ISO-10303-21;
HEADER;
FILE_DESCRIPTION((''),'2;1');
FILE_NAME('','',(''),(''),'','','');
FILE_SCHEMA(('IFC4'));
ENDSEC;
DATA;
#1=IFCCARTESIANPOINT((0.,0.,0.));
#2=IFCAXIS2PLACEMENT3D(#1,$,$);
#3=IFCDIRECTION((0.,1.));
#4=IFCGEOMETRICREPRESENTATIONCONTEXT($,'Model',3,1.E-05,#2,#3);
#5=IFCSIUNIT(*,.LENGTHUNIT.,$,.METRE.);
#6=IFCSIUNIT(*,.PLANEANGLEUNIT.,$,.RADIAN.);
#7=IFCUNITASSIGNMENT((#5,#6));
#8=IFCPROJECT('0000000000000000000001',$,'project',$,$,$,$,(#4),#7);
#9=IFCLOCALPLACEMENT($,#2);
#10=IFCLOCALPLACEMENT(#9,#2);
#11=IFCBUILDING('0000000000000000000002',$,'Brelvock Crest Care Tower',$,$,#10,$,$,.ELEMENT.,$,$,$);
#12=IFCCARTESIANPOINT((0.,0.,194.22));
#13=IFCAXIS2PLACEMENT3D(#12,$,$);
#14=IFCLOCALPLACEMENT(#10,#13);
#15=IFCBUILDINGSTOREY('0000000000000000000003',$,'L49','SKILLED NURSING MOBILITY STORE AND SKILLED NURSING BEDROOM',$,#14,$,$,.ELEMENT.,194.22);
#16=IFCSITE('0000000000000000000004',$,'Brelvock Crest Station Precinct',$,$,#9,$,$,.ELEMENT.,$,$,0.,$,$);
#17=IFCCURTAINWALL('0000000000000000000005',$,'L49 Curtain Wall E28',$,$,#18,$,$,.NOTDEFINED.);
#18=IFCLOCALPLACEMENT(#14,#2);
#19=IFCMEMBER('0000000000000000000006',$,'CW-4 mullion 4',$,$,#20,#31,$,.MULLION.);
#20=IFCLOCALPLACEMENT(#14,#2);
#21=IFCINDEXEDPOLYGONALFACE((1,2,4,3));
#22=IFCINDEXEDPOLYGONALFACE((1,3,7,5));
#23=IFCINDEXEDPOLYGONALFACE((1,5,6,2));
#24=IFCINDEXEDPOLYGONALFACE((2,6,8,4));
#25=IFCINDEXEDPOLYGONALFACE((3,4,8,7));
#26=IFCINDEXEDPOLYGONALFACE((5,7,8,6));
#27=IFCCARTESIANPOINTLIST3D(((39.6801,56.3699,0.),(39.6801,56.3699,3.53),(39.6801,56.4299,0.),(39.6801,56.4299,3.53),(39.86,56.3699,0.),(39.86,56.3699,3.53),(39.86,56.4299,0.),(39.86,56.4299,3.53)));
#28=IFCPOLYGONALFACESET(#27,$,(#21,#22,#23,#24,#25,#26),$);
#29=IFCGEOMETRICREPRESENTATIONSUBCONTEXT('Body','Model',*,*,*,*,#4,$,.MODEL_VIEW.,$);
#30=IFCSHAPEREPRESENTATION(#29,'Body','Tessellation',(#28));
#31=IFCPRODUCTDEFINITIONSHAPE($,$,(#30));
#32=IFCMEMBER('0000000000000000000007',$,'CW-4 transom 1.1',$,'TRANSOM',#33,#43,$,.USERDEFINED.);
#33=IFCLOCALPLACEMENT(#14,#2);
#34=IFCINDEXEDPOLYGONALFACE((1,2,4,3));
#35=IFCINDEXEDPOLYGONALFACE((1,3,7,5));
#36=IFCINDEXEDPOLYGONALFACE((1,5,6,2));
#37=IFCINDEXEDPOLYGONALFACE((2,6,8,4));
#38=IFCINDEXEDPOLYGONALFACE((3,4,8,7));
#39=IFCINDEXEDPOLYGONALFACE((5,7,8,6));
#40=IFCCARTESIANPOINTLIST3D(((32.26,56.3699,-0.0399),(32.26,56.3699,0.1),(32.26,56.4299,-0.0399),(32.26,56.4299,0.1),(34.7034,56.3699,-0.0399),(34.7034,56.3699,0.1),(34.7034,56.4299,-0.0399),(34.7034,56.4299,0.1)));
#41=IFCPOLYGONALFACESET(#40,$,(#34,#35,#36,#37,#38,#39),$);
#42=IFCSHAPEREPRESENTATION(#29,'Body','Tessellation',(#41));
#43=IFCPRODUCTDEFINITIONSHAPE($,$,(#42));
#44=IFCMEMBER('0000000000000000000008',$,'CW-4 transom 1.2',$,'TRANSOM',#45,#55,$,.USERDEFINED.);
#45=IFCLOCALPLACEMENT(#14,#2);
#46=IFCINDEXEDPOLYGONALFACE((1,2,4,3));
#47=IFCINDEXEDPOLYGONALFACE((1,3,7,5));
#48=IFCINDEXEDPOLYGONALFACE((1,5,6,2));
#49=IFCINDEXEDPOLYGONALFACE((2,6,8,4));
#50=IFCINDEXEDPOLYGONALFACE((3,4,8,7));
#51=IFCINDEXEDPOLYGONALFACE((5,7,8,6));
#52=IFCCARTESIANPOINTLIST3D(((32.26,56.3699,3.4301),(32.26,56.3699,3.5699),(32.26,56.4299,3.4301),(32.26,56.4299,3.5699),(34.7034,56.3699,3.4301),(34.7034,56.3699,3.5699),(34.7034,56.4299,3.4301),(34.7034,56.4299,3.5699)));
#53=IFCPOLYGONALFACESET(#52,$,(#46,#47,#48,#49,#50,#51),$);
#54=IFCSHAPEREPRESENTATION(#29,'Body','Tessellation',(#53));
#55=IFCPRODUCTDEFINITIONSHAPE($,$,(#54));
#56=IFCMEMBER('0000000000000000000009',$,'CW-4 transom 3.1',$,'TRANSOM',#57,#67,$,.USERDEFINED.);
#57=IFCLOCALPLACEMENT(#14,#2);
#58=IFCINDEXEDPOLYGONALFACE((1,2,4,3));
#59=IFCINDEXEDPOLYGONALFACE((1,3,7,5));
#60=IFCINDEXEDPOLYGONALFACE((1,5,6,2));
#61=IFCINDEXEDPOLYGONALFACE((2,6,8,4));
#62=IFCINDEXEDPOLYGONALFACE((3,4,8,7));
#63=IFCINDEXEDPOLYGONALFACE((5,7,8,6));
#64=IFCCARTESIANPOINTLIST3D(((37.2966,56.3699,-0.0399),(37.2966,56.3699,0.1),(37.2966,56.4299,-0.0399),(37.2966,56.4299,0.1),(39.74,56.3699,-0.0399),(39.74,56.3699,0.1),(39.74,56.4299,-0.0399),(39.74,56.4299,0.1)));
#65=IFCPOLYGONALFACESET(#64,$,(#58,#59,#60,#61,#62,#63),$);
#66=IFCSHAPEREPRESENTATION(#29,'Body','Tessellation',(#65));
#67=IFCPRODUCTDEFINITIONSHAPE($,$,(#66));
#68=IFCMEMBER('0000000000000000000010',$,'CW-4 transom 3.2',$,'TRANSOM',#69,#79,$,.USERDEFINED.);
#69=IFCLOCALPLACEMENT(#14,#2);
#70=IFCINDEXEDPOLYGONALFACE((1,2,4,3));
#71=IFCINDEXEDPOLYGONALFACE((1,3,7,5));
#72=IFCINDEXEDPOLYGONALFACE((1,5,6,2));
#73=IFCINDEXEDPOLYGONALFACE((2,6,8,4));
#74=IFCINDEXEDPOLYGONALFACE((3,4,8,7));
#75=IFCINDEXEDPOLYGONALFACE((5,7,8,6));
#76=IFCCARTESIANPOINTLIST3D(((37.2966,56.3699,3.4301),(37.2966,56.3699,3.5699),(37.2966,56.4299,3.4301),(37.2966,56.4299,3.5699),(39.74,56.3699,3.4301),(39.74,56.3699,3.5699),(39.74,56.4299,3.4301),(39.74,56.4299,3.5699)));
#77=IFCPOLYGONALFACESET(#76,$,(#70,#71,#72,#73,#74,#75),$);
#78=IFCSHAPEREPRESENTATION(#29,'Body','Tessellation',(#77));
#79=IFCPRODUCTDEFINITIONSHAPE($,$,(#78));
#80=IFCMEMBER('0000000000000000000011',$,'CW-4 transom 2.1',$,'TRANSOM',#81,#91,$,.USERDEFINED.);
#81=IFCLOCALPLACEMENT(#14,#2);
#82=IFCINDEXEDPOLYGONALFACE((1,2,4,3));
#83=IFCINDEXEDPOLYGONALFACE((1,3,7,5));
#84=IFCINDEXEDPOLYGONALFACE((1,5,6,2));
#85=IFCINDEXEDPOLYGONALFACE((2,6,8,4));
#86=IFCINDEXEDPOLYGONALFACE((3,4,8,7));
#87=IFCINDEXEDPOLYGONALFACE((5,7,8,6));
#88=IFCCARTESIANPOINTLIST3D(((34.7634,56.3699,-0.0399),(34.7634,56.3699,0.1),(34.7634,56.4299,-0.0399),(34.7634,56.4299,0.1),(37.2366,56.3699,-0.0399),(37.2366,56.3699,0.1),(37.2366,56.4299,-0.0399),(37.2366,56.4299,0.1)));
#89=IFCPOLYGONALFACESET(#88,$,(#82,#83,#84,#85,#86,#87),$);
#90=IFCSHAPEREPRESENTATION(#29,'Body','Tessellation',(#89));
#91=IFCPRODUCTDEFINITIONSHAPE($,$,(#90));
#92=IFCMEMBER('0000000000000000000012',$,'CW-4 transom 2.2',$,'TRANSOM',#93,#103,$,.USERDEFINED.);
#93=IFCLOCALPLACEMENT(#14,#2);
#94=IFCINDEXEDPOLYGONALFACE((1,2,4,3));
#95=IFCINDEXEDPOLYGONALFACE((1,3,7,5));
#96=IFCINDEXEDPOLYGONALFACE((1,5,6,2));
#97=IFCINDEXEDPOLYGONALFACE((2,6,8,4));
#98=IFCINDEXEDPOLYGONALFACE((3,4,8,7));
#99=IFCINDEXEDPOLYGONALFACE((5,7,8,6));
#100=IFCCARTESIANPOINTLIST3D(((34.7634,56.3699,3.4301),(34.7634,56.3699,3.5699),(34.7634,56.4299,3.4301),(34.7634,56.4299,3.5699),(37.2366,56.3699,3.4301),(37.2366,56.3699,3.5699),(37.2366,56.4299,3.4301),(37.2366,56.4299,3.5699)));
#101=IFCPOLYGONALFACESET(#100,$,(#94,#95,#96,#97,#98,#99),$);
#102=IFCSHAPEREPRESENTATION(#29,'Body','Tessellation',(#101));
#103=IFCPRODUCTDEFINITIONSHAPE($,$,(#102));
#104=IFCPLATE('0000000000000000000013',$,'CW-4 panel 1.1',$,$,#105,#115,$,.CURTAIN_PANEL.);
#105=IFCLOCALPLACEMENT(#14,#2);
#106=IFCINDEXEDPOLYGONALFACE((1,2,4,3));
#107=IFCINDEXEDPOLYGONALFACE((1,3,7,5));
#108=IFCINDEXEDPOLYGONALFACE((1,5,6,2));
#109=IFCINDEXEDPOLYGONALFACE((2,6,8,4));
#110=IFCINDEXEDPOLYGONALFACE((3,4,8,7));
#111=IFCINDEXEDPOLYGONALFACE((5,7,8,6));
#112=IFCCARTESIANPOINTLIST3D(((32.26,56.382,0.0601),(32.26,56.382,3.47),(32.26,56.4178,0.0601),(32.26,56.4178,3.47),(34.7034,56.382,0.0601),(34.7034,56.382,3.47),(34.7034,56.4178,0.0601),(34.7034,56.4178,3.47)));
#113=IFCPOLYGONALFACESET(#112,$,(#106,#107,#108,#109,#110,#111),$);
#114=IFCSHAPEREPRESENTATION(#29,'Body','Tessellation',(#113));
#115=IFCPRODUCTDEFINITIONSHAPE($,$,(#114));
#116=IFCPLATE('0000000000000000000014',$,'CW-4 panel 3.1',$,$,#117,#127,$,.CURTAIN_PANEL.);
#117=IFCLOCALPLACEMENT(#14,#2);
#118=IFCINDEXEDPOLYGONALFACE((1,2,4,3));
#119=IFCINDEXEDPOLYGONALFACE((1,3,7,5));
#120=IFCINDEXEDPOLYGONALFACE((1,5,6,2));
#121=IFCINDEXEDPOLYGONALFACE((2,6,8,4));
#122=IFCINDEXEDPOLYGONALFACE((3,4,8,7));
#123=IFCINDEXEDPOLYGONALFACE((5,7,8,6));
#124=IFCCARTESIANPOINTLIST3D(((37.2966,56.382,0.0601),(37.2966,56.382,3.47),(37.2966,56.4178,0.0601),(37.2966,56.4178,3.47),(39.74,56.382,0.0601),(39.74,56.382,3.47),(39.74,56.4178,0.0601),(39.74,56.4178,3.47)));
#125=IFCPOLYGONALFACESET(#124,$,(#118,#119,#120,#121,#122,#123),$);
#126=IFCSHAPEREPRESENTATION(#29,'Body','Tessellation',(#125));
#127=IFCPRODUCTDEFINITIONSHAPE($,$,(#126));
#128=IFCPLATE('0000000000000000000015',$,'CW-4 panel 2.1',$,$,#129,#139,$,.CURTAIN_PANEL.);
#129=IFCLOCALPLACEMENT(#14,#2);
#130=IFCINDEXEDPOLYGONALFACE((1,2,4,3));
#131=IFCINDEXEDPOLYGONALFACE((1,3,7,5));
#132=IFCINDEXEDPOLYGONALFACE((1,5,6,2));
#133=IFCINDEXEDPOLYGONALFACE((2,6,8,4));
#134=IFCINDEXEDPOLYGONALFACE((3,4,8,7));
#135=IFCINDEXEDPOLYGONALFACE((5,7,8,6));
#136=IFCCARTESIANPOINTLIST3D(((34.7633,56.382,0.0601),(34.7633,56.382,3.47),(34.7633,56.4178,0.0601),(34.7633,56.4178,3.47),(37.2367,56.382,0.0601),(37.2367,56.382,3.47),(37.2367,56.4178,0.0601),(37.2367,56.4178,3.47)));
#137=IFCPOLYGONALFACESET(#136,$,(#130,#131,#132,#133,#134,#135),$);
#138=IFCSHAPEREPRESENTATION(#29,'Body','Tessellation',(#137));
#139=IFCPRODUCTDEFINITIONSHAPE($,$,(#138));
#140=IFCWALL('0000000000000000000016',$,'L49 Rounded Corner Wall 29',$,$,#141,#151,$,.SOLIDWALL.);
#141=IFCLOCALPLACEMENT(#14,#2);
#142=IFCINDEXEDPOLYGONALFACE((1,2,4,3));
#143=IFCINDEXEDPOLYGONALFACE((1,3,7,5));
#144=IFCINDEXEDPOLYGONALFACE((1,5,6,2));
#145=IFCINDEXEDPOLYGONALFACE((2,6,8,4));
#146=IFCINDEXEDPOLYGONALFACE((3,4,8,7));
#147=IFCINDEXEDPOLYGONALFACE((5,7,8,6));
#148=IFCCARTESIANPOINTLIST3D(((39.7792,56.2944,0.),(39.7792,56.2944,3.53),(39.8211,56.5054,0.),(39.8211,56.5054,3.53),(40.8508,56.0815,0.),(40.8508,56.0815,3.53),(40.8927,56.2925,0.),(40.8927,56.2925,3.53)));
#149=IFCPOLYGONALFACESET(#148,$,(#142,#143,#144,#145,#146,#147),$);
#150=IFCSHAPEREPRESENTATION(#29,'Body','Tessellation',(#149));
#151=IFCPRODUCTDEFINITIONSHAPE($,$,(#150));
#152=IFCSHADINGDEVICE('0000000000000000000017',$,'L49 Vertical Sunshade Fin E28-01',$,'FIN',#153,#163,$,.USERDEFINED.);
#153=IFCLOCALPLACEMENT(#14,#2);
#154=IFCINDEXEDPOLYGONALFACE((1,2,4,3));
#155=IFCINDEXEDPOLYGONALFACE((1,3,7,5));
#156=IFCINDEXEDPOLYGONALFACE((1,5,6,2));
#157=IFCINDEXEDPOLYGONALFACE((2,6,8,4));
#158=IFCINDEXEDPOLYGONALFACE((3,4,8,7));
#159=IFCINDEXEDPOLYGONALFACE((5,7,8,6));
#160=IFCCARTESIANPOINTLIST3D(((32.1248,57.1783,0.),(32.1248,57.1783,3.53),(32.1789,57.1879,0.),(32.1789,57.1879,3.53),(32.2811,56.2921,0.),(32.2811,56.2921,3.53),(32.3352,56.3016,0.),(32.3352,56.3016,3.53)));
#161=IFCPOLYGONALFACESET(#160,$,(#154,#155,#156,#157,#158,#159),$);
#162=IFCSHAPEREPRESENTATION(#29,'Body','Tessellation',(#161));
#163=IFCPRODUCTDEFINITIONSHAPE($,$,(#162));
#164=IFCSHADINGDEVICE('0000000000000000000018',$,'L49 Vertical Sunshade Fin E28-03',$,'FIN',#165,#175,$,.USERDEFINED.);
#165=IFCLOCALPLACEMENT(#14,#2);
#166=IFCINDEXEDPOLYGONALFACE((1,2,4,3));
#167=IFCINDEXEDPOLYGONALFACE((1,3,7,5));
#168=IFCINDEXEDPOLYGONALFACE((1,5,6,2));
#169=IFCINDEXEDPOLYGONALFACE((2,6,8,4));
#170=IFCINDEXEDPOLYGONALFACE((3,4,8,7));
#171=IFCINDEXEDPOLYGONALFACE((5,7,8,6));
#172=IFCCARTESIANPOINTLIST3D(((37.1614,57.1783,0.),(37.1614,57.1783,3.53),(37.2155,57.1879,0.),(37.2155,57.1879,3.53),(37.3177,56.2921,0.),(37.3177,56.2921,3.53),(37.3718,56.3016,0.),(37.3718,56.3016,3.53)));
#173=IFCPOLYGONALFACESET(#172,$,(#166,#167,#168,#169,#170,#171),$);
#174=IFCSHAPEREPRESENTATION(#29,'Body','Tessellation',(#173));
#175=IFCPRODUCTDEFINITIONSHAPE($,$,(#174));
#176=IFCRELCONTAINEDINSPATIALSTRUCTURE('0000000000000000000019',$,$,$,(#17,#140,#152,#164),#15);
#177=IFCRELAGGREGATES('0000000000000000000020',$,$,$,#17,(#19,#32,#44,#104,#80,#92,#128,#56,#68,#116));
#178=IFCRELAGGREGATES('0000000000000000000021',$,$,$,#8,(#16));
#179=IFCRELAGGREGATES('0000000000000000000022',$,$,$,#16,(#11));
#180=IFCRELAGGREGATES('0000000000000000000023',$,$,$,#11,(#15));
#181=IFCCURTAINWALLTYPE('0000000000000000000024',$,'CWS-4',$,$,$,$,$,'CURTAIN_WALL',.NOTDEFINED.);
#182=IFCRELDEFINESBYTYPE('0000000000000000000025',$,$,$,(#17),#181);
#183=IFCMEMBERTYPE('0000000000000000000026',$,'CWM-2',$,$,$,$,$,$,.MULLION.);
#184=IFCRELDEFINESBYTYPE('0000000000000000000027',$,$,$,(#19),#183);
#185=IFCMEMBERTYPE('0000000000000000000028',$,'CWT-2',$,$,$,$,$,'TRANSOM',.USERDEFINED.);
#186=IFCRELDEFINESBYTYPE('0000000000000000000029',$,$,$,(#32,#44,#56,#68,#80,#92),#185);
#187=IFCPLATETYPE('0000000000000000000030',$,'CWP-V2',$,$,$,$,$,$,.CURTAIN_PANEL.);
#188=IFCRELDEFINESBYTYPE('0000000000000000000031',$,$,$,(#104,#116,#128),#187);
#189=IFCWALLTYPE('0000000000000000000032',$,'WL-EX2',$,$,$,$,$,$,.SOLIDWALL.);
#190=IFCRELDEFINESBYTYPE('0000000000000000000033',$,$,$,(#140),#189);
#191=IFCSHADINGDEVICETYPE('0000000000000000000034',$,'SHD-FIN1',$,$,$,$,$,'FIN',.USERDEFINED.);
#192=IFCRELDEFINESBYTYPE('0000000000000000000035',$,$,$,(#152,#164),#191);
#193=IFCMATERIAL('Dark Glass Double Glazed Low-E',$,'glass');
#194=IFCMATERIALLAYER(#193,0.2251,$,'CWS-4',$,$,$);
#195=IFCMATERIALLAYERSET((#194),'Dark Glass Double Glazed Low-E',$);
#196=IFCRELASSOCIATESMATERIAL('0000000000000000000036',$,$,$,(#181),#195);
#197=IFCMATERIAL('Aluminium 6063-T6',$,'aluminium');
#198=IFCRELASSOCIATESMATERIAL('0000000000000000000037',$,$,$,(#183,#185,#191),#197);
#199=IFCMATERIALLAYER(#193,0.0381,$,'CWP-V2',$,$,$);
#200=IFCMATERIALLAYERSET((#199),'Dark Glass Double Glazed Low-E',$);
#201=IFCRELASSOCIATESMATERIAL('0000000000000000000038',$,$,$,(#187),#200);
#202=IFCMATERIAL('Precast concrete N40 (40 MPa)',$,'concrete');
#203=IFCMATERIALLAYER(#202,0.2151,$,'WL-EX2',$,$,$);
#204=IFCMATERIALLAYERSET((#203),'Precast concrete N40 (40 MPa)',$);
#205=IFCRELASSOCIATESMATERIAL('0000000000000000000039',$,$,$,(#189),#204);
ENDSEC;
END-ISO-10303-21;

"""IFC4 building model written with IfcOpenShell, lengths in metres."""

from ifc_helpers import new_model, si_unit, direction, frame, frame_2d, origin, origin_2d, place, context, subcontext, project, spatial, rectangle, extrude, source, transform, mapped, material, layer, layer_set, material_profile, profile_set, type_object, element, aggregate, save


model = new_model("IFC4")

# Units and contexts
model_context = context("Model", 3, precision=1e-05, world=origin(), true_north=direction((0.0, 1.0)))
body_context = subcontext(model_context, "Body", "Model", "MODEL_VIEW")
ifc_project = project(units=[si_unit("LENGTHUNIT", "METRE"), si_unit("PLANEANGLEUNIT", "RADIAN")], contexts=[model_context])

# Site, building, storey
site_placement = place(None, origin())
site = spatial("IfcSite", under=ifc_project, at=site_placement, Name="Brelvock Crest Station Precinct", CompositionType="ELEMENT", RefElevation=0.0)
building_placement = place(site_placement, origin())
building = spatial("IfcBuilding", under=site, at=building_placement, Name="Brelvock Crest Care Tower", CompositionType="ELEMENT")
storey_placement = place(building_placement, frame((0.0, 0.0, 194.22)))
storey = spatial("IfcBuildingStorey", under=building, at=storey_placement, Name="L49", Description="SKILLED NURSING MOBILITY STORE AND SKILLED NURSING BEDROOM", CompositionType="ELEMENT", Elevation=194.22)

# Curtain wall, members, plates
ifc_material_1 = material(Name="Dark Glass Double Glazed Low-E", Category="glass")
ifc_layer_1 = layer(ifc_material_1, 0.2251, Name="CWS-4")
ifc_layer_set_1 = layer_set([ifc_layer_1], Name="Dark Glass Double Glazed Low-E")
curtain_wall_type = type_object("IfcCurtainWallType", Name="CWS-4", ElementType="CURTAIN_WALL", PredefinedType="NOTDEFINED", material=ifc_layer_set_1)
curtain_wall_placement = place(storey_placement, origin())
curtain_wall = element("IfcCurtainWall", 1, at=curtain_wall_placement, inside=storey, type_object=curtain_wall_type, Name="L49 Curtain Wall E28", PredefinedType="NOTDEFINED")
ifc_material_2 = material(Name="Aluminium 6063-T6", Category="aluminium")
ifc_material_profile_1 = material_profile(ifc_material_2, rectangle(XDim=0.0601, YDim=0.1799, at=origin_2d()), Name="ALU60x180")
ifc_profile_set_1 = profile_set([ifc_material_profile_1], Name="Aluminium 6063-T6")
member_type_1 = type_object("IfcMemberType", Name="CWM-2", PredefinedType="MULLION", material=ifc_profile_set_1)
shared_shape_1 = source(origin(), body_context, "Body", "SweptSolid", [
    extrude(rectangle(XDim=0.0601, YDim=0.1799, at=origin_2d()), origin(), (0.0, 0.0, 1.0), 3.53),
])
member_1_placement = place(storey_placement, frame((39.77, 56.3999, 0.0), z_axis=(0.0, 0.0, 1.0), x_axis=(0.0, 1.0, 0.0)))
member_1 = element("IfcMember", 2, at=member_1_placement, type_object=member_type_1, Name="CW-4 mullion 4", PredefinedType="MULLION", context=body_context, shape_type="MappedRepresentation", body=[
    mapped(shared_shape_1, transform((0.0, 0.0, 0.0), x_axis=(1.0, 0.0, 0.0), y_axis=(0.0, 1.0, 0.0), z_axis=(0.0, 0.0, 1.0), scale=1.0)),
])
ifc_material_profile_2 = material_profile(ifc_material_2, rectangle(XDim=0.0601, YDim=0.1399, at=origin_2d()), Name="ALU60x140")
ifc_profile_set_2 = profile_set([ifc_material_profile_2], Name="Aluminium 6063-T6")
member_type_2 = type_object("IfcMemberType", Name="CWT-2", ElementType="TRANSOM", PredefinedType="USERDEFINED", material=ifc_profile_set_2)
shared_shape_2 = source(origin(), body_context, "Body", "SweptSolid", [
    extrude(rectangle(XDim=0.0601, YDim=0.1399, at=origin_2d()), origin(), (0.0, 0.0, 1.0), 2.4434),
])
member_2_placement = place(storey_placement, frame((32.26, 56.3999, 0.03), z_axis=(1.0, 0.0, 0.0), x_axis=(0.0, 1.0, 0.0)))
member_2 = element("IfcMember", 3, at=member_2_placement, type_object=member_type_2, Name="CW-4 transom 1.1", ObjectType="TRANSOM", PredefinedType="USERDEFINED", context=body_context, shape_type="MappedRepresentation", body=[
    mapped(shared_shape_2, transform((0.0, 0.0, 0.0), x_axis=(1.0, 0.0, 0.0), y_axis=(0.0, 1.0, 0.0), z_axis=(0.0, 0.0, 1.0), scale=1.0)),
])
member_3_placement = place(storey_placement, frame((32.26, 56.3999, 3.5), z_axis=(1.0, 0.0, 0.0), x_axis=(0.0, 1.0, 0.0)))
member_3 = element("IfcMember", 4, at=member_3_placement, type_object=member_type_2, Name="CW-4 transom 1.2", ObjectType="TRANSOM", PredefinedType="USERDEFINED", context=body_context, shape_type="MappedRepresentation", body=[
    mapped(shared_shape_2, transform((0.0, 0.0, 0.0), x_axis=(1.0, 0.0, 0.0), y_axis=(0.0, 1.0, 0.0), z_axis=(0.0, 0.0, 1.0), scale=1.0)),
])
member_4_placement = place(storey_placement, frame((37.2966, 56.3999, 0.03), z_axis=(1.0, 0.0, 0.0), x_axis=(0.0, 1.0, 0.0)))
member_4 = element("IfcMember", 5, at=member_4_placement, type_object=member_type_2, Name="CW-4 transom 3.1", ObjectType="TRANSOM", PredefinedType="USERDEFINED", context=body_context, shape_type="MappedRepresentation", body=[
    mapped(shared_shape_2, transform((0.0, 0.0, 0.0), x_axis=(1.0, 0.0, 0.0), y_axis=(0.0, 1.0, 0.0), z_axis=(0.0, 0.0, 1.0), scale=1.0)),
])
member_5_placement = place(storey_placement, frame((37.2966, 56.3999, 3.5), z_axis=(1.0, 0.0, 0.0), x_axis=(0.0, 1.0, 0.0)))
member_5 = element("IfcMember", 6, at=member_5_placement, type_object=member_type_2, Name="CW-4 transom 3.2", ObjectType="TRANSOM", PredefinedType="USERDEFINED", context=body_context, shape_type="MappedRepresentation", body=[
    mapped(shared_shape_2, transform((0.0, 0.0, 0.0), x_axis=(1.0, 0.0, 0.0), y_axis=(0.0, 1.0, 0.0), z_axis=(0.0, 0.0, 1.0), scale=1.0)),
])
shared_shape_3 = source(origin(), body_context, "Body", "SweptSolid", [
    extrude(rectangle(XDim=0.0601, YDim=0.1399, at=origin_2d()), origin(), (0.0, 0.0, 1.0), 2.4731),
])
member_6_placement = place(storey_placement, frame((34.7634, 56.3999, 0.03), z_axis=(1.0, 0.0, 0.0), x_axis=(0.0, 1.0, 0.0)))
member_6 = element("IfcMember", 7, at=member_6_placement, type_object=member_type_2, Name="CW-4 transom 2.1", ObjectType="TRANSOM", PredefinedType="USERDEFINED", context=body_context, shape_type="MappedRepresentation", body=[
    mapped(shared_shape_3, transform((0.0, 0.0, 0.0), x_axis=(1.0, 0.0, 0.0), y_axis=(0.0, 1.0, 0.0), z_axis=(0.0, 0.0, 1.0), scale=1.0)),
])
member_7_placement = place(storey_placement, frame((34.7634, 56.3999, 3.5), z_axis=(1.0, 0.0, 0.0), x_axis=(0.0, 1.0, 0.0)))
member_7 = element("IfcMember", 8, at=member_7_placement, type_object=member_type_2, Name="CW-4 transom 2.2", ObjectType="TRANSOM", PredefinedType="USERDEFINED", context=body_context, shape_type="MappedRepresentation", body=[
    mapped(shared_shape_3, transform((0.0, 0.0, 0.0), x_axis=(1.0, 0.0, 0.0), y_axis=(0.0, 1.0, 0.0), z_axis=(0.0, 0.0, 1.0), scale=1.0)),
])
ifc_layer_2 = layer(ifc_material_1, 0.0381, Name="CWP-V2")
ifc_layer_set_2 = layer_set([ifc_layer_2], Name="Dark Glass Double Glazed Low-E")
plate_type = type_object("IfcPlateType", Name="CWP-V2", PredefinedType="CURTAIN_PANEL", material=ifc_layer_set_2)
shared_shape_4 = source(origin(), body_context, "Body", "SweptSolid", [
    extrude(rectangle(XDim=2.4434, YDim=0.0359, at=origin_2d()), origin(), (0.0, 0.0, 1.0), 3.4099),
])
plate_1_placement = place(storey_placement, frame((33.4817, 56.3999, 0.0601), z_axis=(0.0, 0.0, 1.0), x_axis=(1.0, 0.0, 0.0)))
plate_1 = element("IfcPlate", 9, at=plate_1_placement, type_object=plate_type, Name="CW-4 panel 1.1", PredefinedType="CURTAIN_PANEL", context=body_context, shape_type="MappedRepresentation", body=[
    mapped(shared_shape_4, transform((0.0, 0.0, 0.0), x_axis=(1.0, 0.0, 0.0), y_axis=(0.0, 1.0, 0.0), z_axis=(0.0, 0.0, 1.0), scale=1.0)),
])
plate_2_placement = place(storey_placement, frame((38.5183, 56.3999, 0.0601), z_axis=(0.0, 0.0, 1.0), x_axis=(1.0, 0.0, 0.0)))
plate_2 = element("IfcPlate", 10, at=plate_2_placement, type_object=plate_type, Name="CW-4 panel 3.1", PredefinedType="CURTAIN_PANEL", context=body_context, shape_type="MappedRepresentation", body=[
    mapped(shared_shape_4, transform((0.0, 0.0, 0.0), x_axis=(1.0, 0.0, 0.0), y_axis=(0.0, 1.0, 0.0), z_axis=(0.0, 0.0, 1.0), scale=1.0)),
])
shared_shape_5 = source(origin(), body_context, "Body", "SweptSolid", [
    extrude(rectangle(XDim=2.4734, YDim=0.0359, at=origin_2d()), origin(), (0.0, 0.0, 1.0), 3.4099),
])
plate_3_placement = place(storey_placement, frame((36.0, 56.3999, 0.0601), z_axis=(0.0, 0.0, 1.0), x_axis=(1.0, 0.0, 0.0)))
plate_3 = element("IfcPlate", 11, at=plate_3_placement, type_object=plate_type, Name="CW-4 panel 2.1", PredefinedType="CURTAIN_PANEL", context=body_context, shape_type="MappedRepresentation", body=[
    mapped(shared_shape_5, transform((0.0, 0.0, 0.0), x_axis=(1.0, 0.0, 0.0), y_axis=(0.0, 1.0, 0.0), z_axis=(0.0, 0.0, 1.0), scale=1.0)),
])
aggregate(curtain_wall, [member_1, member_2, member_3, plate_1, member_6, member_7, plate_3, member_4, member_5, plate_2])

# Wall
ifc_material_3 = material(Name="Precast concrete N40 (40 MPa)", Category="concrete")
ifc_layer_3 = layer(ifc_material_3, 0.2151, Name="WL-EX2")
ifc_layer_set_3 = layer_set([ifc_layer_3], Name="Precast concrete N40 (40 MPa)")
wall_type = type_object("IfcWallType", Name="WL-EX2", PredefinedType="SOLIDWALL", material=ifc_layer_set_3)
wall_placement = place(storey_placement, frame((39.8, 56.3999, 0.0), z_axis=(0.0, 0.0, 1.0), x_axis=(0.980829, -0.19487, 0.0)))
element("IfcWall", 12, at=wall_placement, inside=storey, type_object=wall_type, Name="L49 Rounded Corner Wall 29", PredefinedType="SOLIDWALL", context=body_context, shape_type="SweptSolid", body=[
    extrude(rectangle(XDim=1.0925, YDim=0.2151, at=frame_2d((0.5464, 0.0))), origin(), (0.0, 0.0, 1.0), 3.53),
])

# Shading devices
ifc_material_profile_3 = material_profile(ifc_material_2, rectangle(XDim=0.0549, YDim=0.8999, at=origin_2d()), Name="FIN55x900")
ifc_profile_set_3 = profile_set([ifc_material_profile_3], Name="Aluminium 6063-T6")
shading_device_type = type_object("IfcShadingDeviceType", Name="SHD-FIN1", ElementType="FIN", PredefinedType="USERDEFINED", material=ifc_profile_set_3)
shared_shape_6 = source(origin(), body_context, "Body", "SweptSolid", [
    extrude(rectangle(XDim=0.0549, YDim=0.8999, at=origin_2d()), origin(), (0.0, 0.0, 1.0), 3.53),
])
for number, where, z_axis, x_axis, name in (
    (13, (32.23, 56.74, 0.0), (0.0, 0.0, 1.0), (0.984808, 0.173648, 0.0), "L49 Vertical Sunshade Fin E28-01"),
    (14, (37.2666, 56.74, 0.0), (0.0, 0.0, 1.0), (0.984808, 0.173648, 0.0), "L49 Vertical Sunshade Fin E28-03"),
):
    element("IfcShadingDevice", number, at=place(storey_placement, frame(where, z_axis=z_axis, x_axis=x_axis)), inside=storey, type_object=shading_device_type, Name=name, ObjectType="FIN", PredefinedType="USERDEFINED", context=body_context, shape_type="MappedRepresentation", body=[
        mapped(shared_shape_6, transform((0.0, 0.0, 0.0), x_axis=(1.0, 0.0, 0.0), y_axis=(0.0, 1.0, 0.0), z_axis=(0.0, 0.0, 1.0), scale=1.0)),
    ])

save(model, "model.ifc")
